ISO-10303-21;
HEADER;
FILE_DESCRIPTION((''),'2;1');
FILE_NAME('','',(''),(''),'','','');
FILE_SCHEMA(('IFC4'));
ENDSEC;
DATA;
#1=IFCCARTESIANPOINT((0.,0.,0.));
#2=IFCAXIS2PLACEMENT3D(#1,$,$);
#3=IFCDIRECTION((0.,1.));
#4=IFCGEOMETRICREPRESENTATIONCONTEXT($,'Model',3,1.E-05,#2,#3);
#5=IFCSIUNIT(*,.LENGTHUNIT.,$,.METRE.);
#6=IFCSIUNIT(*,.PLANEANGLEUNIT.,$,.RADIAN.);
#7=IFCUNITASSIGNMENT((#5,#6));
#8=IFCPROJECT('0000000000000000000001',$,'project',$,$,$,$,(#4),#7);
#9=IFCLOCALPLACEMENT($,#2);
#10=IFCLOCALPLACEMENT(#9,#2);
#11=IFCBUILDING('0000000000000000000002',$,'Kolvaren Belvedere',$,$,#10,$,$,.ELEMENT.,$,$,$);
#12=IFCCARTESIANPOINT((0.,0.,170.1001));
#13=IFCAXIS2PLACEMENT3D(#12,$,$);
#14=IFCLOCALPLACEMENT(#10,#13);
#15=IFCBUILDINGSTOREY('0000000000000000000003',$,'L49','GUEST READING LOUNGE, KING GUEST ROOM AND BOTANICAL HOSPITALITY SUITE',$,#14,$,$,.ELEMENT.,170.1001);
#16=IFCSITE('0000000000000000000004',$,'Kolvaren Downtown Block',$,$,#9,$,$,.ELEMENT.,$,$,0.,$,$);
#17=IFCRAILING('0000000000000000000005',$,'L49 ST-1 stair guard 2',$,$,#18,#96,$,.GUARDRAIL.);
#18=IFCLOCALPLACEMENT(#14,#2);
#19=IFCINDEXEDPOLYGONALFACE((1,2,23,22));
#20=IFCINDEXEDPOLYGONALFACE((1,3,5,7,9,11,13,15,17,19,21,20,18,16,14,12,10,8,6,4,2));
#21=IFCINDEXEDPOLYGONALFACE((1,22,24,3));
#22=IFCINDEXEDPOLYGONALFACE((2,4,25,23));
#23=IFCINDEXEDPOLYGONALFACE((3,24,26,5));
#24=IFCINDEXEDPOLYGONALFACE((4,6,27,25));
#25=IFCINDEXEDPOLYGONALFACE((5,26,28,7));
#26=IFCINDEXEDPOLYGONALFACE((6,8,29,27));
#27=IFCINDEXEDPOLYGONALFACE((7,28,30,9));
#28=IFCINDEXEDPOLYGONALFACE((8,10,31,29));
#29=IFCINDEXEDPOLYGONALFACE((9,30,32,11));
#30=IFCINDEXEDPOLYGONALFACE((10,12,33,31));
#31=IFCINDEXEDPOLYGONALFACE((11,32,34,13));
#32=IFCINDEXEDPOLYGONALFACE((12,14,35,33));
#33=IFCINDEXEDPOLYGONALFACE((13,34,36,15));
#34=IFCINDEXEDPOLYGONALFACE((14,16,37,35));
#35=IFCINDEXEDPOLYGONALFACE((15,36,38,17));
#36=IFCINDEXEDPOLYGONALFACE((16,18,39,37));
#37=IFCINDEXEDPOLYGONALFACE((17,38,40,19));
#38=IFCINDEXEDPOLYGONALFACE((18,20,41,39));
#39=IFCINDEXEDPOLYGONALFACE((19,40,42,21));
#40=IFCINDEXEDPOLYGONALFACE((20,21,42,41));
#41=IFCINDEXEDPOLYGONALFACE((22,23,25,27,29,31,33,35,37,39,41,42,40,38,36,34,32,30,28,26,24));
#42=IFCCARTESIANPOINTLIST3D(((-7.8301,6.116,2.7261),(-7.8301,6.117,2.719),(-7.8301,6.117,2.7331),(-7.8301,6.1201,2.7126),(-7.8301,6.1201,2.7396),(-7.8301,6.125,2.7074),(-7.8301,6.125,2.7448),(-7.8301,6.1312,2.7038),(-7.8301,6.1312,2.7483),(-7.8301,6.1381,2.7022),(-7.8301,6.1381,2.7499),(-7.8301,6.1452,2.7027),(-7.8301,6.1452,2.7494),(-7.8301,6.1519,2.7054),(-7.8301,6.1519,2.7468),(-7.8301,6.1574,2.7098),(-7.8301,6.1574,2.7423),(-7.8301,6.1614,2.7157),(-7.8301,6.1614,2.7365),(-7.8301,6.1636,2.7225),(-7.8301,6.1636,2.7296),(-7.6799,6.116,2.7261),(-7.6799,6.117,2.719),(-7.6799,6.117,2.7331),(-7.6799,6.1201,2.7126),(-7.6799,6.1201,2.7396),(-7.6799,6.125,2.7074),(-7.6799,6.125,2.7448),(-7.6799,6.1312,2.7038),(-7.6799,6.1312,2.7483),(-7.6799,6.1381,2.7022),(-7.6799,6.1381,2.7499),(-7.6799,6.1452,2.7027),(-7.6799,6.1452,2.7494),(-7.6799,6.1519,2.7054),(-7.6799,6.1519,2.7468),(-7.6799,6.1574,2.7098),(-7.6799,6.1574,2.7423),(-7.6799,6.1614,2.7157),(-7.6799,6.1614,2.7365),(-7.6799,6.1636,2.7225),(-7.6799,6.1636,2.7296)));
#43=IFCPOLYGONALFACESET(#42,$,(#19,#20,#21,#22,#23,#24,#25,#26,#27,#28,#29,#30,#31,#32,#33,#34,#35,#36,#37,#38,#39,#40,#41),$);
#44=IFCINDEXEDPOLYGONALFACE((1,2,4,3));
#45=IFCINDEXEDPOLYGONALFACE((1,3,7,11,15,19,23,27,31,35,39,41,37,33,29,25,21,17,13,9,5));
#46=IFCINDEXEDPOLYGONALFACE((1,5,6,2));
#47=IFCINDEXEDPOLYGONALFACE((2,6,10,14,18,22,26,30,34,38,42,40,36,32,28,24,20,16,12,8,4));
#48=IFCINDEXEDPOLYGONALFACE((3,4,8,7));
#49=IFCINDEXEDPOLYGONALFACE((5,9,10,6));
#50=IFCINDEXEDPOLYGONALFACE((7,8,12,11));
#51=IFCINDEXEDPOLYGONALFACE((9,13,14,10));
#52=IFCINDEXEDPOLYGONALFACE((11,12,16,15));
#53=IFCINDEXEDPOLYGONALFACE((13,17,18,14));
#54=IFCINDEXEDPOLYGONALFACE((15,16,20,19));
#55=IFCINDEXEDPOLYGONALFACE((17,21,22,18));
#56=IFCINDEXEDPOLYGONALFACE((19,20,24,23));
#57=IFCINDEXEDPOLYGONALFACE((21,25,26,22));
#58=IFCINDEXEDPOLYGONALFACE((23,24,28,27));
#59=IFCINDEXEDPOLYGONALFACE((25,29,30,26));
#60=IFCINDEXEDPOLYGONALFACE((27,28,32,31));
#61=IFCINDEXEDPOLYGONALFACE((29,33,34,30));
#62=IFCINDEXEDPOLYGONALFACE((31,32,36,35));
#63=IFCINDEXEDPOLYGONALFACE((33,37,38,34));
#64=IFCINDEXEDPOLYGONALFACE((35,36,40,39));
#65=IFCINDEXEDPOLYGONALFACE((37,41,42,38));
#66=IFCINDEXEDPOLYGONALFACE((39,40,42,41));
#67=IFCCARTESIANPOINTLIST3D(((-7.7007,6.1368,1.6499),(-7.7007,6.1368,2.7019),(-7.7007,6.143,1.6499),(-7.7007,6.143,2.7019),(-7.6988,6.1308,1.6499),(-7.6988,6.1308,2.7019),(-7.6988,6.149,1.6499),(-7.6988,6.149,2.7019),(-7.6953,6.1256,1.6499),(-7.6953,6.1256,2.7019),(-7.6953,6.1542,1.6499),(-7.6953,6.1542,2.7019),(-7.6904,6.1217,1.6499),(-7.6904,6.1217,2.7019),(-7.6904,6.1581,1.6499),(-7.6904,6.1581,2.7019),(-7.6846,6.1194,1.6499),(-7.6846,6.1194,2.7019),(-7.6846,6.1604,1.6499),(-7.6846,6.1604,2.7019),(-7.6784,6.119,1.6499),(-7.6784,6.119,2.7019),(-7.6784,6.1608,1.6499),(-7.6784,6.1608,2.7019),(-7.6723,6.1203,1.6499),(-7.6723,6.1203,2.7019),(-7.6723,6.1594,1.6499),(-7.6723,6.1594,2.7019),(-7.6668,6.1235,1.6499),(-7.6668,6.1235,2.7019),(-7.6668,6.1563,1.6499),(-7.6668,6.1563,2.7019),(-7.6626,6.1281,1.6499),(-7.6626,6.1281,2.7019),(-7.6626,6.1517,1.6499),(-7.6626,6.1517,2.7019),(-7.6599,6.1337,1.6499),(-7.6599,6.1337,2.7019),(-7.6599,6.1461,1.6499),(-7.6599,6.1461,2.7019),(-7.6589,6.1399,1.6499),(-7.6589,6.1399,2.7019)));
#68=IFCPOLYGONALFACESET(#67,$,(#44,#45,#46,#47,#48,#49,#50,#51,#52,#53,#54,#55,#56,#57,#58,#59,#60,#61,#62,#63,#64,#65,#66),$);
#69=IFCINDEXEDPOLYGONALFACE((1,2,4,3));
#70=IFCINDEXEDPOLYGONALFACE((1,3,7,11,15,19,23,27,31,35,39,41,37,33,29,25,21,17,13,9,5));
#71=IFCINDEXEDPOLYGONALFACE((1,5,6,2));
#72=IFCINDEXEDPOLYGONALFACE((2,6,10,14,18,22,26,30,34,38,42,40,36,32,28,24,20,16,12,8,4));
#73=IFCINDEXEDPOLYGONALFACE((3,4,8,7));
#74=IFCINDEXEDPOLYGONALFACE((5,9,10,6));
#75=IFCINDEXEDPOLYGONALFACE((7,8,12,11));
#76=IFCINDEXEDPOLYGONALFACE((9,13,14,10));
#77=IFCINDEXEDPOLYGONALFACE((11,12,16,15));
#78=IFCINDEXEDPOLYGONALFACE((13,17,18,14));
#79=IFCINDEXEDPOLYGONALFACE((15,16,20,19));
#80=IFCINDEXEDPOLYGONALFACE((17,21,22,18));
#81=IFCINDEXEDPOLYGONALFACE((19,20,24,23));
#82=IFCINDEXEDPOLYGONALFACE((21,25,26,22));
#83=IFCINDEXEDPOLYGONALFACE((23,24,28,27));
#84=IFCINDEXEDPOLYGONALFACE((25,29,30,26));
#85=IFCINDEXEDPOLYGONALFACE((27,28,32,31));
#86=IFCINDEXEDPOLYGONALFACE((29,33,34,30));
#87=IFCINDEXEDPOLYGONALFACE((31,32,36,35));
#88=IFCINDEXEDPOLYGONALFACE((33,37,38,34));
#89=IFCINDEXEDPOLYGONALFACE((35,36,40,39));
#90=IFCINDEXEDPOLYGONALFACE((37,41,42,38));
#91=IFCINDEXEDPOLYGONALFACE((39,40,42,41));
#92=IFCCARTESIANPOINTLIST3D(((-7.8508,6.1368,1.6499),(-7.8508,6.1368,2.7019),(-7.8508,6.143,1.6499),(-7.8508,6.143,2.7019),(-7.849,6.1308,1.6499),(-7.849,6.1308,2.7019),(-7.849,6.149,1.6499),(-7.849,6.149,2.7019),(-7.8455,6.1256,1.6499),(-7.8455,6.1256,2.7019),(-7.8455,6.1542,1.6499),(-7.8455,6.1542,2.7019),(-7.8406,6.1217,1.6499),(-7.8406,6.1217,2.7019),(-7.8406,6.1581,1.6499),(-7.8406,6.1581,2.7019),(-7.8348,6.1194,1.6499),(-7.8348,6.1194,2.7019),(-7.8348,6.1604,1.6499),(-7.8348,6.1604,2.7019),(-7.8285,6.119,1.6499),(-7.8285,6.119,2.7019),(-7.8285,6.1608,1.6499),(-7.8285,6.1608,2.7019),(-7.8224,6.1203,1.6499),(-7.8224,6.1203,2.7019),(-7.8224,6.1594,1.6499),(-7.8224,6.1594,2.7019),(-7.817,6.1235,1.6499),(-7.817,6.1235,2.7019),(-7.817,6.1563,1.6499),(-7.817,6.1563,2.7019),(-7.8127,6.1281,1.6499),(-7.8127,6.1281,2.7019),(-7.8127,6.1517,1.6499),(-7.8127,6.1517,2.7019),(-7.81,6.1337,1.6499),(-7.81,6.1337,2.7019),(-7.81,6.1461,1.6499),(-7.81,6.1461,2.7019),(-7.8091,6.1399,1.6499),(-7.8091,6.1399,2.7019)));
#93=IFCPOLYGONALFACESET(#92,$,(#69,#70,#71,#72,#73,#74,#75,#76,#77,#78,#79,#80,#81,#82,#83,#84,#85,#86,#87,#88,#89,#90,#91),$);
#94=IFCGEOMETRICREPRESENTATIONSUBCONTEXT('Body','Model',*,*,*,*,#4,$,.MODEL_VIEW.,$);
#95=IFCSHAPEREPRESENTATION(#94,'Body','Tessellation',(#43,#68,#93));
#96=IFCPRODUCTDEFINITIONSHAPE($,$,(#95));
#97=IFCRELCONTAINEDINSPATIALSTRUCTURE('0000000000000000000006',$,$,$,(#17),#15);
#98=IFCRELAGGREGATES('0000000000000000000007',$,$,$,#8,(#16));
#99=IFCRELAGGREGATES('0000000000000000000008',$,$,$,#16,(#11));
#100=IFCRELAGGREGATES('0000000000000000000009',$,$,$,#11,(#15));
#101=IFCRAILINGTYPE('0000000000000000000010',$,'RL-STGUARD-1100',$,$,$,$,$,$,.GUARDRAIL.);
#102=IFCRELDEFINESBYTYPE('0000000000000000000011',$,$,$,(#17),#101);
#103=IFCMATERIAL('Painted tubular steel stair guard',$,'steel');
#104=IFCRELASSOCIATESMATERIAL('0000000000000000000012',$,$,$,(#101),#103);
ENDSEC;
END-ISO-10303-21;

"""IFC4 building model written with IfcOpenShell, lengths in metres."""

from ifc_helpers import new_model, si_unit, direction, frame, origin, origin_2d, place, context, subcontext, project, spatial, circle, extrude, material, type_object, element, save


model = new_model("IFC4")

# Units and contexts
model_context = context("Model", 3, precision=1e-05, world=origin(), true_north=direction((0.0, 1.0)))
body_context = subcontext(model_context, "Body", "Model", "MODEL_VIEW")
ifc_project = project(units=[si_unit("LENGTHUNIT", "METRE"), si_unit("PLANEANGLEUNIT", "RADIAN")], contexts=[model_context])

# Site, building, storey
site_placement = place(None, origin())
site = spatial("IfcSite", under=ifc_project, at=site_placement, Name="Kolvaren Downtown Block", CompositionType="ELEMENT", RefElevation=0.0)
building_placement = place(site_placement, origin())
building = spatial("IfcBuilding", under=site, at=building_placement, Name="Kolvaren Belvedere", CompositionType="ELEMENT")
storey_placement = place(building_placement, frame((0.0, 0.0, 170.1001)))
storey = spatial("IfcBuildingStorey", under=building, at=storey_placement, Name="L49", Description="GUEST READING LOUNGE, KING GUEST ROOM AND BOTANICAL HOSPITALITY SUITE", CompositionType="ELEMENT", Elevation=170.1001)

# Railing
ifc_material_1 = material(Name="Painted tubular steel stair guard", Category="steel")
railing_type_1 = type_object("IfcRailingType", Name="RL-STGUARD-1100", PredefinedType="GUARDRAIL", material=ifc_material_1)
railing_1_placement = place(storey_placement, frame((-7.6799, 6.1399, 1.6499)))
element("IfcRailing", 1, at=railing_1_placement, inside=storey, type_object=railing_type_1, Name="L49 ST-1 stair guard 2", PredefinedType="GUARDRAIL", context=body_context, shape_type="SweptSolid", body=[
    extrude(circle(Radius=0.0239, at=origin_2d()), frame((0.0, 0.0, 1.0762), z_axis=(-1.0, 0.0, 0.0), x_axis=(0.0, -1.0, 0.0)), (0.0, 0.0, 1.0), 0.1501),
    extrude(circle(Radius=0.021, at=origin_2d()), origin(), (0.0, 0.0, 1.0), 1.052),
    extrude(circle(Radius=0.021, at=origin_2d()), frame((-0.1501, 0.0, 0.0)), (0.0, 0.0, 1.0), 1.052),
])

save(model, "model.ifc")
